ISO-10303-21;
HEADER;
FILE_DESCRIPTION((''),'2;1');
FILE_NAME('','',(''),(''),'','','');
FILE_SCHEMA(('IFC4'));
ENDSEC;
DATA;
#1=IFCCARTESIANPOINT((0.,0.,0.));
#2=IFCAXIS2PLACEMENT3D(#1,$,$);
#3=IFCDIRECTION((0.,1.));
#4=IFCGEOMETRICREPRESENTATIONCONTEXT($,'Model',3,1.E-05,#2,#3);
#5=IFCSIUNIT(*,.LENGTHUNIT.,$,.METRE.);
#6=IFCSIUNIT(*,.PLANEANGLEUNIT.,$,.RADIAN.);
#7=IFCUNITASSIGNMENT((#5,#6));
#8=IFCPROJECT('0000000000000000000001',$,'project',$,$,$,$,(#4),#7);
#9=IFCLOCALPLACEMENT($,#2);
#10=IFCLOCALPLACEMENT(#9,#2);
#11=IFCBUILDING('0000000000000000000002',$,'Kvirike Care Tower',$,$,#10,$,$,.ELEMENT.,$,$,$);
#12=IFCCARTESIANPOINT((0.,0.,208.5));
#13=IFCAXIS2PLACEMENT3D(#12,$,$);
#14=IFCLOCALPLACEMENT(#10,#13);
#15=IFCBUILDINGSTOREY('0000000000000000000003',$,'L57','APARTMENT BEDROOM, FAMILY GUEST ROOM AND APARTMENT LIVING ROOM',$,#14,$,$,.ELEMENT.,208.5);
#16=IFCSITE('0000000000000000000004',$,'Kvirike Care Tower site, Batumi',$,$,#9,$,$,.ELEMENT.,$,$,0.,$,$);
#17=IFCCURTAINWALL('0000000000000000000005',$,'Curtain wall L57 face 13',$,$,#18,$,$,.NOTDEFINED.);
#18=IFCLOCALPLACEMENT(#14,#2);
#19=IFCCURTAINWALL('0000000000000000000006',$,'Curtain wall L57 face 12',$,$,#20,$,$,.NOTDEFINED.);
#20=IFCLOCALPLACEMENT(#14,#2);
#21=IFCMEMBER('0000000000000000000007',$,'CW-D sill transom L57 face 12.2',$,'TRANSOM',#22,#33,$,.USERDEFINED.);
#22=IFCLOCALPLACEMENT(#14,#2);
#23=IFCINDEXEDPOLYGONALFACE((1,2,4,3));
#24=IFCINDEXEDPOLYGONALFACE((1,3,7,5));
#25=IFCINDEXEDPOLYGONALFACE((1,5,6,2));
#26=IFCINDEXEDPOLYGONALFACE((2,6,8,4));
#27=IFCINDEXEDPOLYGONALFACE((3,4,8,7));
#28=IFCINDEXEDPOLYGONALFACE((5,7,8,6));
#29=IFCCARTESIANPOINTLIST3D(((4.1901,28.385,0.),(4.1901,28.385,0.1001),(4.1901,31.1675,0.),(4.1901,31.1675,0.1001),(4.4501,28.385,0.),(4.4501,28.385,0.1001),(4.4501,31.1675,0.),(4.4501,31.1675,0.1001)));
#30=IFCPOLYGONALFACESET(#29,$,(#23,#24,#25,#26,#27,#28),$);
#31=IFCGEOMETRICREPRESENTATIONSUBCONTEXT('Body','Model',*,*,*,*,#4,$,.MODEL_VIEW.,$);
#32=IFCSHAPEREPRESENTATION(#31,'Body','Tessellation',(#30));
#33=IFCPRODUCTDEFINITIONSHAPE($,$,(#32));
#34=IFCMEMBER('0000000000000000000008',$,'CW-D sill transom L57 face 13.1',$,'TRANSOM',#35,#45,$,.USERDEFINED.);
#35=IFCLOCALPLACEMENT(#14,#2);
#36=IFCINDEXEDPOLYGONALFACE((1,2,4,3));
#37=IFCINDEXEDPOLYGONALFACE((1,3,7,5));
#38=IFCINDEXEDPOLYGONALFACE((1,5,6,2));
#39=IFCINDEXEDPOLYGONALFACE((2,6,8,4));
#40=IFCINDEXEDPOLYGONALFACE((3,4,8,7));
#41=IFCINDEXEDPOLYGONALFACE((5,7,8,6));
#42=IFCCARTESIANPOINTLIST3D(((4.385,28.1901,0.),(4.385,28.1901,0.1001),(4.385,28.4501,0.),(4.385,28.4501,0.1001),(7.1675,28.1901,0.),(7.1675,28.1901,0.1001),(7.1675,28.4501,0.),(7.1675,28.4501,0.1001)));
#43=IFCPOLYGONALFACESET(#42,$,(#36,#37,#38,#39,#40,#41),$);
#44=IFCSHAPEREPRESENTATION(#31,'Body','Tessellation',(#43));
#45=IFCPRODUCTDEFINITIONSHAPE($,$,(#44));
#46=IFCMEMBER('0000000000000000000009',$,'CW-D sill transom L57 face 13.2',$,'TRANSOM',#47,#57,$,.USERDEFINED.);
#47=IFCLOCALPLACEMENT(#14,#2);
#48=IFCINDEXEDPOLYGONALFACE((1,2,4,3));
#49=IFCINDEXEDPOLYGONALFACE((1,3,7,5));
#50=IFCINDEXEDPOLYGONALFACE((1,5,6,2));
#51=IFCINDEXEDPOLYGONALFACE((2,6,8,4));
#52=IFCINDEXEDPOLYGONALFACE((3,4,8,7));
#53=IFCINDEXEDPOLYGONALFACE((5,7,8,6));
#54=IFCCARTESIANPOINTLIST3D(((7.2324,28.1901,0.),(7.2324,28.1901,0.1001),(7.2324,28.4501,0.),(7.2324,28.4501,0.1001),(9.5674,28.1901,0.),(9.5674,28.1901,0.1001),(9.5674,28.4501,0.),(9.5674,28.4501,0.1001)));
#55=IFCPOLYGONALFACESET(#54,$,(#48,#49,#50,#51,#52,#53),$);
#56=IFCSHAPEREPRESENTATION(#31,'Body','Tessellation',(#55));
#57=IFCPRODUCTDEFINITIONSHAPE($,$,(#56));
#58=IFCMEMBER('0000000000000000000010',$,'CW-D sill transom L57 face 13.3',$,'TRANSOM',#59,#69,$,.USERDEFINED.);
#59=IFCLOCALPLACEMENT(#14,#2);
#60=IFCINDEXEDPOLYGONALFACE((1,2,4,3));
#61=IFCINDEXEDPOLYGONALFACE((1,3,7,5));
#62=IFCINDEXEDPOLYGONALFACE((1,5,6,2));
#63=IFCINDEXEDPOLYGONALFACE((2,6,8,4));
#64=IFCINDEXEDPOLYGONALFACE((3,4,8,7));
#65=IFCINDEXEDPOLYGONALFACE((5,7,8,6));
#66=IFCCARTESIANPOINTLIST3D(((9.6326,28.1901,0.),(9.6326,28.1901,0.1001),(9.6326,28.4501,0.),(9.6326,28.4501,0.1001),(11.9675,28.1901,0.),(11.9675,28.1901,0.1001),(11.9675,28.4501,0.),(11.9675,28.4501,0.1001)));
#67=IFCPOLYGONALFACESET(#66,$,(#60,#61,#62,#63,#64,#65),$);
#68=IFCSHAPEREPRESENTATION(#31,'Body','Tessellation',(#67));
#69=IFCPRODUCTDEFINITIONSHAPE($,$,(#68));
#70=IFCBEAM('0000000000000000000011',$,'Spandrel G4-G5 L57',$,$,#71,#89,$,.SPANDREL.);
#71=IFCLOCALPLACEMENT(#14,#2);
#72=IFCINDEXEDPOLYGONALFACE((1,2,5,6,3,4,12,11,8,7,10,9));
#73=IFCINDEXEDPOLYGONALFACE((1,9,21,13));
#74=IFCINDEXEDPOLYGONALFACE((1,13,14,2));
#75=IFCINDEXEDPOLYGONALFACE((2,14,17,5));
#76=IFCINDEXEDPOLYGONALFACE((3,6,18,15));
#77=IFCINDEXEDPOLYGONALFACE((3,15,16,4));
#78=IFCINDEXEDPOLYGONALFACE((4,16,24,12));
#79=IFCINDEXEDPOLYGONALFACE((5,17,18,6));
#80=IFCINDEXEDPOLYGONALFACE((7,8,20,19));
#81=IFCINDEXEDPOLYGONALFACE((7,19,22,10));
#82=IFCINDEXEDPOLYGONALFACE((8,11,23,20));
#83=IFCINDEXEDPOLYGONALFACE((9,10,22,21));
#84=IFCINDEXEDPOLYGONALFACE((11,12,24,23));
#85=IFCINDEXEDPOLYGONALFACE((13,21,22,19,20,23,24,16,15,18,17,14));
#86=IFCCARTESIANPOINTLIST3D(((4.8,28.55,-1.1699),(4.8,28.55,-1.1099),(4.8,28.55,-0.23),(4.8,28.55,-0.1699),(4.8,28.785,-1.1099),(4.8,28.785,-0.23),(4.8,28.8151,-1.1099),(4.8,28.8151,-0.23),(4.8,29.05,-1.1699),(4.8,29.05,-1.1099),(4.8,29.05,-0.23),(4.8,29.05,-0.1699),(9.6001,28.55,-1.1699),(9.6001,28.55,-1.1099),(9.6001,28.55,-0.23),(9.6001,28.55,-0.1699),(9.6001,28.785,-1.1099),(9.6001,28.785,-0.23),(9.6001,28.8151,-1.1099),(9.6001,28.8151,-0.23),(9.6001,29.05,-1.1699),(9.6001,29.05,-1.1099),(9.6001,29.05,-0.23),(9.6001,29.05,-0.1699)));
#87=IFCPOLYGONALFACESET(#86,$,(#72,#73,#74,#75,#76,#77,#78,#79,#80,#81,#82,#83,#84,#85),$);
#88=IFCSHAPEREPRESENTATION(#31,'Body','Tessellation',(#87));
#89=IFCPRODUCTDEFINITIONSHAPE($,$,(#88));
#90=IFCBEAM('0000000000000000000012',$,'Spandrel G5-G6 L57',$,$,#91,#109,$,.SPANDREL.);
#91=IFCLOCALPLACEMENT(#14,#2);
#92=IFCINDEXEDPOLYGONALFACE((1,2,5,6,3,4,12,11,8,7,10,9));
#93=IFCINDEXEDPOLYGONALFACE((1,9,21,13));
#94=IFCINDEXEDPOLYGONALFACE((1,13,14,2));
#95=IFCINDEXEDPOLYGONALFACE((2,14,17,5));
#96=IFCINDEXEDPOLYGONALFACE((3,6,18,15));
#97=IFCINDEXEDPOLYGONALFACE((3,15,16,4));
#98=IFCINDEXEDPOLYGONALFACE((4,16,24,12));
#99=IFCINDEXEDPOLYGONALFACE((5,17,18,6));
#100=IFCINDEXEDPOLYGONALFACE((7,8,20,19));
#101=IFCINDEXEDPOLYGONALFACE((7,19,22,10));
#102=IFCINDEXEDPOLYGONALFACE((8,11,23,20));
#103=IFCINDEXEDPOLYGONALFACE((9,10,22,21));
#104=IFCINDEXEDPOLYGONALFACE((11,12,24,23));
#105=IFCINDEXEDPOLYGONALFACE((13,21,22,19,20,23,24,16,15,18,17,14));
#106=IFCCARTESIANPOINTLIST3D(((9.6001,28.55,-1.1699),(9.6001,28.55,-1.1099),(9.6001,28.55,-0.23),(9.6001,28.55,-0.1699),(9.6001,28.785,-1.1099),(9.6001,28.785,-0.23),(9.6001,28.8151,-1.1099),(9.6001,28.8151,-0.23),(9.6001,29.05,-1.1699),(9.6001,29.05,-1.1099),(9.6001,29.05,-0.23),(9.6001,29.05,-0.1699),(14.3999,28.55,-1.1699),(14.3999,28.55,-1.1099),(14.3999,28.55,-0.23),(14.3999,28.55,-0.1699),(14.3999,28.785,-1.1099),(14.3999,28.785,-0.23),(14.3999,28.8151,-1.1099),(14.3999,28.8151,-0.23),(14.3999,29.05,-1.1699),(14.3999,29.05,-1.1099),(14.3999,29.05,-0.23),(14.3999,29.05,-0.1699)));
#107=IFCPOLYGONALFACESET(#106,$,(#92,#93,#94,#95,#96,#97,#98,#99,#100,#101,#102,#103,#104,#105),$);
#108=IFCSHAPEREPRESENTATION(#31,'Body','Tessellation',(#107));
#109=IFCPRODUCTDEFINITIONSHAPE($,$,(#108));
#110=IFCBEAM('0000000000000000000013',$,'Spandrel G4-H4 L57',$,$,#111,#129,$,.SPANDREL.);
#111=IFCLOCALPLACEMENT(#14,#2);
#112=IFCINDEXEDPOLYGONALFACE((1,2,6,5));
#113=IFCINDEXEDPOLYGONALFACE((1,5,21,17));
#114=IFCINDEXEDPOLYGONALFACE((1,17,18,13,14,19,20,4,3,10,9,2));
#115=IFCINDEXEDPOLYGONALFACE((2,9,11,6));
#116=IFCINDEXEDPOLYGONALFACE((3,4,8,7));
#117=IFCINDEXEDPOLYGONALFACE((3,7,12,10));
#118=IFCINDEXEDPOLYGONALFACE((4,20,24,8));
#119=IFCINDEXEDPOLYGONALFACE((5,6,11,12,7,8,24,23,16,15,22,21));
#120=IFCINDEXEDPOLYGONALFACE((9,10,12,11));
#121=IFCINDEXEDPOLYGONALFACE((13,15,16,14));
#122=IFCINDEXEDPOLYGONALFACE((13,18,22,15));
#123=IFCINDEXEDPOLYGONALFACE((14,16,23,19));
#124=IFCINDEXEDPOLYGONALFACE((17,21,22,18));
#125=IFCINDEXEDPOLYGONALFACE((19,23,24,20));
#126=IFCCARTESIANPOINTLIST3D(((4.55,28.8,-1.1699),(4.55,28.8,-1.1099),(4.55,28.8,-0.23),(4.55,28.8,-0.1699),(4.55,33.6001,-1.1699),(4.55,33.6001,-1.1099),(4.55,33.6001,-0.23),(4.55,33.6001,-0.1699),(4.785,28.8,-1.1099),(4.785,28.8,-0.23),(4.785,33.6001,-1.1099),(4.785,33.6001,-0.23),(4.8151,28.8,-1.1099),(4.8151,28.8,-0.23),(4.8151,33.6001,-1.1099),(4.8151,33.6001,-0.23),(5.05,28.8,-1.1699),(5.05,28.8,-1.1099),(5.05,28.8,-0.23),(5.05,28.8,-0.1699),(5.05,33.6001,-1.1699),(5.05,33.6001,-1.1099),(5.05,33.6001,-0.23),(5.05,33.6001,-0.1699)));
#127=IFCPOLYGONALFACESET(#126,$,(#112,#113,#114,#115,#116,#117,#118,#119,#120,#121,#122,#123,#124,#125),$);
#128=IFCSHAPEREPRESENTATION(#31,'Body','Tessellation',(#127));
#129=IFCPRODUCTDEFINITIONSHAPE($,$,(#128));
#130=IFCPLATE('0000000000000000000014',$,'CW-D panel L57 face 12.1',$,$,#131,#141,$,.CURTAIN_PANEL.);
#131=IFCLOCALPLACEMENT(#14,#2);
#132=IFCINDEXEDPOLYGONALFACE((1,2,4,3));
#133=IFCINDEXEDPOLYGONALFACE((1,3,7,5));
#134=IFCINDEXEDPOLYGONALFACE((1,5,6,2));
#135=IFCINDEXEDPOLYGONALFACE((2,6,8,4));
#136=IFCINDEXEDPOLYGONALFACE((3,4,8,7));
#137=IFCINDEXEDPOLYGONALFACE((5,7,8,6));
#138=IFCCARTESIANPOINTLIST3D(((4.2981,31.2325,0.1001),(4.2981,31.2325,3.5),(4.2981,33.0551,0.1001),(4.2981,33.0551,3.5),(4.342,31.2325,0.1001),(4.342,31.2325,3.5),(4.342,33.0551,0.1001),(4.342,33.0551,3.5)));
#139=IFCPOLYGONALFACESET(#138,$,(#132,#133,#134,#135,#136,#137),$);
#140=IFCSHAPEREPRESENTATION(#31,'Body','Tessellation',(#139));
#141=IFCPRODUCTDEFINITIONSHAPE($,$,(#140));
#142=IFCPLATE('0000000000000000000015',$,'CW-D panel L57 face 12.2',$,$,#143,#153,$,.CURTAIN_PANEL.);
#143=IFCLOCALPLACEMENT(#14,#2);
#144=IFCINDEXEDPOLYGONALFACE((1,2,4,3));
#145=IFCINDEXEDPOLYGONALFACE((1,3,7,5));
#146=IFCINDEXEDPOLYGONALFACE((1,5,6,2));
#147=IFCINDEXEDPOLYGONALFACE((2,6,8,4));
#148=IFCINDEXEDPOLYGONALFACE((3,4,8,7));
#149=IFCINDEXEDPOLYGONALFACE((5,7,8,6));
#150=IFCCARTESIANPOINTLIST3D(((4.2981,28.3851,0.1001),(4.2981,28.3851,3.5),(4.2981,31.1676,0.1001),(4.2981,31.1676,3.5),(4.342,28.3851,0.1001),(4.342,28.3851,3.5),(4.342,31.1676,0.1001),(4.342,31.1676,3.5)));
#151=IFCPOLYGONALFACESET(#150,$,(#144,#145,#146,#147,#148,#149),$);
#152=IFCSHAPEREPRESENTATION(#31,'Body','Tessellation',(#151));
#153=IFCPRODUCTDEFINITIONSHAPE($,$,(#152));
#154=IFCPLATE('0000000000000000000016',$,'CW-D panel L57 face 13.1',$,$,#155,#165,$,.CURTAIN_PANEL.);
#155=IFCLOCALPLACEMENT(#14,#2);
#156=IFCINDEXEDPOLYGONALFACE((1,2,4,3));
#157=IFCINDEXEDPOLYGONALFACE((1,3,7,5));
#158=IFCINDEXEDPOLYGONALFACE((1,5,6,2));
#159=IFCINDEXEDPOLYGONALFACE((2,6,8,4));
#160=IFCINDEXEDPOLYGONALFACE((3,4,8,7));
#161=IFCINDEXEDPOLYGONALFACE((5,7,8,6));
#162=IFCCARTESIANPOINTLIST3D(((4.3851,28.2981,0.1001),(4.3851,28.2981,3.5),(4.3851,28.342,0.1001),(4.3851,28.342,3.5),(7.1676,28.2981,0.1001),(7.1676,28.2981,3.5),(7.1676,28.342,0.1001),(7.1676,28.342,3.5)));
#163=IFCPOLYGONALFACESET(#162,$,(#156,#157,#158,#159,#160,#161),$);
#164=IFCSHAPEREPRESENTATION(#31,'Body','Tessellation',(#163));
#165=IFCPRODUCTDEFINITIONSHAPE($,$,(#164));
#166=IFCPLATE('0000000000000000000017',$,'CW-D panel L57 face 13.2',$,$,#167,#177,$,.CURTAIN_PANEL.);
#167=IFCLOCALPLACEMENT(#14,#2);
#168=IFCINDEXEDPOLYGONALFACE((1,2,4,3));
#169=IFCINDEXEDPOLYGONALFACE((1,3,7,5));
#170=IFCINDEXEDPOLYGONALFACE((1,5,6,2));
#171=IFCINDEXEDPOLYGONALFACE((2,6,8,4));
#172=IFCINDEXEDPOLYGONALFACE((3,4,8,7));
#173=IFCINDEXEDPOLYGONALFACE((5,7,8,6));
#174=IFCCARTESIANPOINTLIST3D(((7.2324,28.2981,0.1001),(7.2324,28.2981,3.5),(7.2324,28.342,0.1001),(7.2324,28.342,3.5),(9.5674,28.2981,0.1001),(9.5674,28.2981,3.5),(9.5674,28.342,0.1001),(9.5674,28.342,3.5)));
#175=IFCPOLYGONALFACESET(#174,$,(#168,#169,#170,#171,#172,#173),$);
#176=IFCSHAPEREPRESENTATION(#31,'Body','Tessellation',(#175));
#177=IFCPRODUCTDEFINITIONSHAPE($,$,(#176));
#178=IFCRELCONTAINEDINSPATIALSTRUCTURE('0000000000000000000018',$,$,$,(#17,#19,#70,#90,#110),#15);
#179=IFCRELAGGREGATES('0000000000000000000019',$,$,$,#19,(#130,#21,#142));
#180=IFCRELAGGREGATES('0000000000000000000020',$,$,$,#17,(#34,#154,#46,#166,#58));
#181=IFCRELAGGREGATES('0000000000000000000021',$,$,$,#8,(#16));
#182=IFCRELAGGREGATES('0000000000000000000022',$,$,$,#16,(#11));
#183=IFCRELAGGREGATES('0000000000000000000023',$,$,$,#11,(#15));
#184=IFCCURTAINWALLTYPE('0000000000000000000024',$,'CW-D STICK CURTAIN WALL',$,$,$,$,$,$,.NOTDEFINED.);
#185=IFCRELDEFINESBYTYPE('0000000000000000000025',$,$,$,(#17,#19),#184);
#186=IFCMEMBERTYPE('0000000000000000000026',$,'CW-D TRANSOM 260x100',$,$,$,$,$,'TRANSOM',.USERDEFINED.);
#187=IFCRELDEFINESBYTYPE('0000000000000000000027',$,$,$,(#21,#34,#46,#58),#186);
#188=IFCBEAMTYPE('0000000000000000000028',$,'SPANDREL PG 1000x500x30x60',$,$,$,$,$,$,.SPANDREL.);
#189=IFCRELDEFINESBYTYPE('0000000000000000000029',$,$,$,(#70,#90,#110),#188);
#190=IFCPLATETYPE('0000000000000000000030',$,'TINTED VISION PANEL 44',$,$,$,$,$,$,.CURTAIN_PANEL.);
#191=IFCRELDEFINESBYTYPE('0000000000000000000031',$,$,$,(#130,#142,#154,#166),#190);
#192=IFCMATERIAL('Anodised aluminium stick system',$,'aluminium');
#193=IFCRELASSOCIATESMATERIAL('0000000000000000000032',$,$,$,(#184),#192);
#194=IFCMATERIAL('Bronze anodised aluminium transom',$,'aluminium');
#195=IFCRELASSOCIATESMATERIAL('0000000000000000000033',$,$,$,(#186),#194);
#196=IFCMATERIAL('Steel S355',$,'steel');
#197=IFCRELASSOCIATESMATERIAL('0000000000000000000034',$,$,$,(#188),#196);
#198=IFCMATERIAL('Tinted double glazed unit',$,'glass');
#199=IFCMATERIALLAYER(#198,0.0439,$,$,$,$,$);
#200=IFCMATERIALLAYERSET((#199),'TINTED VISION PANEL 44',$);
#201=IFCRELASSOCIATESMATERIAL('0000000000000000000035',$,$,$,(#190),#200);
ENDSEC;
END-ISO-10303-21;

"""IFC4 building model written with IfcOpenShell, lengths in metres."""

from ifc_helpers import new_model, si_unit, direction, frame, origin, origin_2d, place, context, subcontext, project, spatial, rectangle, i_section, extrude, material, layer, layer_set, material_profile, profile_set, type_object, element, aggregate, save


model = new_model("IFC4")

# Units and contexts
model_context = context("Model", 3, precision=1e-05, world=origin(), true_north=direction((0.0, 1.0)))
body_context = subcontext(model_context, "Body", "Model", "MODEL_VIEW")
ifc_project = project(units=[si_unit("LENGTHUNIT", "METRE"), si_unit("PLANEANGLEUNIT", "RADIAN")], contexts=[model_context])

# Site, building, storey
site_placement = place(None, origin())
site = spatial("IfcSite", under=ifc_project, at=site_placement, Name="Kvirike Care Tower site, Batumi", CompositionType="ELEMENT", RefElevation=0.0)
building_placement = place(site_placement, origin())
building = spatial("IfcBuilding", under=site, at=building_placement, Name="Kvirike Care Tower", CompositionType="ELEMENT")
storey_placement = place(building_placement, frame((0.0, 0.0, 208.5)))
storey = spatial("IfcBuildingStorey", under=building, at=storey_placement, Name="L57", Description="APARTMENT BEDROOM, FAMILY GUEST ROOM AND APARTMENT LIVING ROOM", CompositionType="ELEMENT", Elevation=208.5)

# Curtain wall
ifc_material_1 = material(Name="Anodised aluminium stick system", Category="aluminium")
curtain_wall_type = type_object("IfcCurtainWallType", Name="CW-D STICK CURTAIN WALL", PredefinedType="NOTDEFINED", material=ifc_material_1)
curtain_wall_1_placement = place(storey_placement, origin())
curtain_wall_1 = element("IfcCurtainWall", 1, at=curtain_wall_1_placement, inside=storey, type_object=curtain_wall_type, Name="Curtain wall L57 face 13", PredefinedType="NOTDEFINED")

# Curtain wall
curtain_wall_2_placement = place(storey_placement, origin())
curtain_wall_2 = element("IfcCurtainWall", 2, at=curtain_wall_2_placement, inside=storey, type_object=curtain_wall_type, Name="Curtain wall L57 face 12", PredefinedType="NOTDEFINED")

# Members
ifc_material_2 = material(Name="Bronze anodised aluminium transom", Category="aluminium")
ifc_material_profile_1 = material_profile(ifc_material_2, rectangle(XDim=0.26, YDim=0.1001, at=origin_2d()), Name="CW-D TRANSOM 260x100")
ifc_profile_set_1 = profile_set([ifc_material_profile_1], Name="Bronze anodised aluminium transom")
member_type_1 = type_object("IfcMemberType", Name="CW-D TRANSOM 260x100", ElementType="TRANSOM", PredefinedType="USERDEFINED", material=ifc_profile_set_1)
member_1_placement = place(storey_placement, frame((4.3201, 31.1675, 0.05), z_axis=(0.0, -1.0, 0.0), x_axis=(1.0, 0.0, 0.0)))
member_1 = element("IfcMember", 3, at=member_1_placement, type_object=member_type_1, Name="CW-D sill transom L57 face 12.2", ObjectType="TRANSOM", PredefinedType="USERDEFINED", context=body_context, shape_type="SweptSolid", body=[
    extrude(rectangle(XDim=0.26, YDim=0.1001, at=origin_2d()), origin(), (0.0, 0.0, 1.0), 2.7825),
])
member_2_placement = place(storey_placement, frame((4.385, 28.3201, 0.05), z_axis=(1.0, 0.0, 0.0), x_axis=(0.0, 1.0, 0.0)))
member_2 = element("IfcMember", 4, at=member_2_placement, type_object=member_type_1, Name="CW-D sill transom L57 face 13.1", ObjectType="TRANSOM", PredefinedType="USERDEFINED", context=body_context, shape_type="SweptSolid", body=[
    extrude(rectangle(XDim=0.26, YDim=0.1001, at=origin_2d()), origin(), (0.0, 0.0, 1.0), 2.7825),
])
member_3_placement = place(storey_placement, frame((7.2324, 28.3201, 0.05), z_axis=(1.0, 0.0, 0.0), x_axis=(0.0, 1.0, 0.0)))
member_3 = element("IfcMember", 5, at=member_3_placement, type_object=member_type_1, Name="CW-D sill transom L57 face 13.2", ObjectType="TRANSOM", PredefinedType="USERDEFINED", context=body_context, shape_type="SweptSolid", body=[
    extrude(rectangle(XDim=0.26, YDim=0.1001, at=origin_2d()), origin(), (0.0, 0.0, 1.0), 2.335),
])
member_4_placement = place(storey_placement, frame((9.6326, 28.3201, 0.05), z_axis=(1.0, 0.0, 0.0), x_axis=(0.0, 1.0, 0.0)))
member_4 = element("IfcMember", 6, at=member_4_placement, type_object=member_type_1, Name="CW-D sill transom L57 face 13.3", ObjectType="TRANSOM", PredefinedType="USERDEFINED", context=body_context, shape_type="SweptSolid", body=[
    extrude(rectangle(XDim=0.26, YDim=0.1001, at=origin_2d()), origin(), (0.0, 0.0, 1.0), 2.335),
])

# Beams
ifc_material_3 = material(Name="Steel S355", Category="steel")
ifc_material_profile_2 = material_profile(ifc_material_3, i_section(OverallWidth=0.5, OverallDepth=1.0, WebThickness=0.03, FlangeThickness=0.0601, at=origin_2d()), Name="PG 1000x500x30x60")
ifc_profile_set_2 = profile_set([ifc_material_profile_2], Name="Steel S355")
beam_type = type_object("IfcBeamType", Name="SPANDREL PG 1000x500x30x60", PredefinedType="SPANDREL", material=ifc_profile_set_2)
beam_1_placement = place(storey_placement, frame((4.8, 28.8, -0.6699), z_axis=(1.0, 0.0, 0.0), x_axis=(0.0, 1.0, 0.0)))
element("IfcBeam", 7, at=beam_1_placement, inside=storey, type_object=beam_type, Name="Spandrel G4-G5 L57", PredefinedType="SPANDREL", context=body_context, shape_type="SweptSolid", body=[
    extrude(i_section(OverallWidth=0.5, OverallDepth=1.0, WebThickness=0.03, FlangeThickness=0.0601, at=origin_2d()), origin(), (0.0, 0.0, 1.0), 4.8),
])
beam_2_placement = place(storey_placement, frame((9.6001, 28.8, -0.6699), z_axis=(1.0, 0.0, 0.0), x_axis=(0.0, 1.0, 0.0)))
element("IfcBeam", 8, at=beam_2_placement, inside=storey, type_object=beam_type, Name="Spandrel G5-G6 L57", PredefinedType="SPANDREL", context=body_context, shape_type="SweptSolid", body=[
    extrude(i_section(OverallWidth=0.5, OverallDepth=1.0, WebThickness=0.03, FlangeThickness=0.0601, at=origin_2d()), origin(), (0.0, 0.0, 1.0), 4.7998),
])
beam_3_placement = place(storey_placement, frame((4.8, 28.8, -0.6699), z_axis=(0.0, 1.0, 0.0), x_axis=(-1.0, 0.0, 0.0)))
element("IfcBeam", 9, at=beam_3_placement, inside=storey, type_object=beam_type, Name="Spandrel G4-H4 L57", PredefinedType="SPANDREL", context=body_context, shape_type="SweptSolid", body=[
    extrude(i_section(OverallWidth=0.5, OverallDepth=1.0, WebThickness=0.03, FlangeThickness=0.0601, at=origin_2d()), origin(), (0.0, 0.0, 1.0), 4.8),
])

# Plates
ifc_material_4 = material(Name="Tinted double glazed unit", Category="glass")
ifc_layer_1 = layer(ifc_material_4, 0.0439)
ifc_layer_set_1 = layer_set([ifc_layer_1], Name="TINTED VISION PANEL 44")
plate_type = type_object("IfcPlateType", Name="TINTED VISION PANEL 44", PredefinedType="CURTAIN_PANEL", material=ifc_layer_set_1)
plate_1_placement = place(storey_placement, frame((4.3201, 32.1438, 0.1001), z_axis=(0.0, 0.0, 1.0), x_axis=(0.0, -1.0, 0.0)))
plate_1 = element("IfcPlate", 10, at=plate_1_placement, type_object=plate_type, Name="CW-D panel L57 face 12.1", PredefinedType="CURTAIN_PANEL", context=body_context, shape_type="SweptSolid", body=[
    extrude(rectangle(XDim=1.8225, YDim=0.0439, at=origin_2d()), origin(), (0.0, 0.0, 1.0), 3.3999),
])
plate_2_placement = place(storey_placement, frame((4.3201, 29.7764, 0.1001), z_axis=(0.0, 0.0, 1.0), x_axis=(0.0, -1.0, 0.0)))
plate_2 = element("IfcPlate", 11, at=plate_2_placement, type_object=plate_type, Name="CW-D panel L57 face 12.2", PredefinedType="CURTAIN_PANEL", context=body_context, shape_type="SweptSolid", body=[
    extrude(rectangle(XDim=2.7825, YDim=0.0439, at=origin_2d()), origin(), (0.0, 0.0, 1.0), 3.3999),
])
aggregate(curtain_wall_2, [plate_1, member_1, plate_2])
plate_3_placement = place(storey_placement, frame((5.7764, 28.3201, 0.1001), z_axis=(0.0, 0.0, 1.0), x_axis=(1.0, 0.0, 0.0)))
plate_3 = element("IfcPlate", 12, at=plate_3_placement, type_object=plate_type, Name="CW-D panel L57 face 13.1", PredefinedType="CURTAIN_PANEL", context=body_context, shape_type="SweptSolid", body=[
    extrude(rectangle(XDim=2.7825, YDim=0.0439, at=origin_2d()), origin(), (0.0, 0.0, 1.0), 3.3999),
])
plate_4_placement = place(storey_placement, frame((8.3999, 28.3201, 0.1001), z_axis=(0.0, 0.0, 1.0), x_axis=(1.0, 0.0, 0.0)))
plate_4 = element("IfcPlate", 13, at=plate_4_placement, type_object=plate_type, Name="CW-D panel L57 face 13.2", PredefinedType="CURTAIN_PANEL", context=body_context, shape_type="SweptSolid", body=[
    extrude(rectangle(XDim=2.335, YDim=0.0439, at=origin_2d()), origin(), (0.0, 0.0, 1.0), 3.3999),
])
aggregate(curtain_wall_1, [member_2, plate_3, member_3, plate_4, member_4])

save(model, "model.ifc")
